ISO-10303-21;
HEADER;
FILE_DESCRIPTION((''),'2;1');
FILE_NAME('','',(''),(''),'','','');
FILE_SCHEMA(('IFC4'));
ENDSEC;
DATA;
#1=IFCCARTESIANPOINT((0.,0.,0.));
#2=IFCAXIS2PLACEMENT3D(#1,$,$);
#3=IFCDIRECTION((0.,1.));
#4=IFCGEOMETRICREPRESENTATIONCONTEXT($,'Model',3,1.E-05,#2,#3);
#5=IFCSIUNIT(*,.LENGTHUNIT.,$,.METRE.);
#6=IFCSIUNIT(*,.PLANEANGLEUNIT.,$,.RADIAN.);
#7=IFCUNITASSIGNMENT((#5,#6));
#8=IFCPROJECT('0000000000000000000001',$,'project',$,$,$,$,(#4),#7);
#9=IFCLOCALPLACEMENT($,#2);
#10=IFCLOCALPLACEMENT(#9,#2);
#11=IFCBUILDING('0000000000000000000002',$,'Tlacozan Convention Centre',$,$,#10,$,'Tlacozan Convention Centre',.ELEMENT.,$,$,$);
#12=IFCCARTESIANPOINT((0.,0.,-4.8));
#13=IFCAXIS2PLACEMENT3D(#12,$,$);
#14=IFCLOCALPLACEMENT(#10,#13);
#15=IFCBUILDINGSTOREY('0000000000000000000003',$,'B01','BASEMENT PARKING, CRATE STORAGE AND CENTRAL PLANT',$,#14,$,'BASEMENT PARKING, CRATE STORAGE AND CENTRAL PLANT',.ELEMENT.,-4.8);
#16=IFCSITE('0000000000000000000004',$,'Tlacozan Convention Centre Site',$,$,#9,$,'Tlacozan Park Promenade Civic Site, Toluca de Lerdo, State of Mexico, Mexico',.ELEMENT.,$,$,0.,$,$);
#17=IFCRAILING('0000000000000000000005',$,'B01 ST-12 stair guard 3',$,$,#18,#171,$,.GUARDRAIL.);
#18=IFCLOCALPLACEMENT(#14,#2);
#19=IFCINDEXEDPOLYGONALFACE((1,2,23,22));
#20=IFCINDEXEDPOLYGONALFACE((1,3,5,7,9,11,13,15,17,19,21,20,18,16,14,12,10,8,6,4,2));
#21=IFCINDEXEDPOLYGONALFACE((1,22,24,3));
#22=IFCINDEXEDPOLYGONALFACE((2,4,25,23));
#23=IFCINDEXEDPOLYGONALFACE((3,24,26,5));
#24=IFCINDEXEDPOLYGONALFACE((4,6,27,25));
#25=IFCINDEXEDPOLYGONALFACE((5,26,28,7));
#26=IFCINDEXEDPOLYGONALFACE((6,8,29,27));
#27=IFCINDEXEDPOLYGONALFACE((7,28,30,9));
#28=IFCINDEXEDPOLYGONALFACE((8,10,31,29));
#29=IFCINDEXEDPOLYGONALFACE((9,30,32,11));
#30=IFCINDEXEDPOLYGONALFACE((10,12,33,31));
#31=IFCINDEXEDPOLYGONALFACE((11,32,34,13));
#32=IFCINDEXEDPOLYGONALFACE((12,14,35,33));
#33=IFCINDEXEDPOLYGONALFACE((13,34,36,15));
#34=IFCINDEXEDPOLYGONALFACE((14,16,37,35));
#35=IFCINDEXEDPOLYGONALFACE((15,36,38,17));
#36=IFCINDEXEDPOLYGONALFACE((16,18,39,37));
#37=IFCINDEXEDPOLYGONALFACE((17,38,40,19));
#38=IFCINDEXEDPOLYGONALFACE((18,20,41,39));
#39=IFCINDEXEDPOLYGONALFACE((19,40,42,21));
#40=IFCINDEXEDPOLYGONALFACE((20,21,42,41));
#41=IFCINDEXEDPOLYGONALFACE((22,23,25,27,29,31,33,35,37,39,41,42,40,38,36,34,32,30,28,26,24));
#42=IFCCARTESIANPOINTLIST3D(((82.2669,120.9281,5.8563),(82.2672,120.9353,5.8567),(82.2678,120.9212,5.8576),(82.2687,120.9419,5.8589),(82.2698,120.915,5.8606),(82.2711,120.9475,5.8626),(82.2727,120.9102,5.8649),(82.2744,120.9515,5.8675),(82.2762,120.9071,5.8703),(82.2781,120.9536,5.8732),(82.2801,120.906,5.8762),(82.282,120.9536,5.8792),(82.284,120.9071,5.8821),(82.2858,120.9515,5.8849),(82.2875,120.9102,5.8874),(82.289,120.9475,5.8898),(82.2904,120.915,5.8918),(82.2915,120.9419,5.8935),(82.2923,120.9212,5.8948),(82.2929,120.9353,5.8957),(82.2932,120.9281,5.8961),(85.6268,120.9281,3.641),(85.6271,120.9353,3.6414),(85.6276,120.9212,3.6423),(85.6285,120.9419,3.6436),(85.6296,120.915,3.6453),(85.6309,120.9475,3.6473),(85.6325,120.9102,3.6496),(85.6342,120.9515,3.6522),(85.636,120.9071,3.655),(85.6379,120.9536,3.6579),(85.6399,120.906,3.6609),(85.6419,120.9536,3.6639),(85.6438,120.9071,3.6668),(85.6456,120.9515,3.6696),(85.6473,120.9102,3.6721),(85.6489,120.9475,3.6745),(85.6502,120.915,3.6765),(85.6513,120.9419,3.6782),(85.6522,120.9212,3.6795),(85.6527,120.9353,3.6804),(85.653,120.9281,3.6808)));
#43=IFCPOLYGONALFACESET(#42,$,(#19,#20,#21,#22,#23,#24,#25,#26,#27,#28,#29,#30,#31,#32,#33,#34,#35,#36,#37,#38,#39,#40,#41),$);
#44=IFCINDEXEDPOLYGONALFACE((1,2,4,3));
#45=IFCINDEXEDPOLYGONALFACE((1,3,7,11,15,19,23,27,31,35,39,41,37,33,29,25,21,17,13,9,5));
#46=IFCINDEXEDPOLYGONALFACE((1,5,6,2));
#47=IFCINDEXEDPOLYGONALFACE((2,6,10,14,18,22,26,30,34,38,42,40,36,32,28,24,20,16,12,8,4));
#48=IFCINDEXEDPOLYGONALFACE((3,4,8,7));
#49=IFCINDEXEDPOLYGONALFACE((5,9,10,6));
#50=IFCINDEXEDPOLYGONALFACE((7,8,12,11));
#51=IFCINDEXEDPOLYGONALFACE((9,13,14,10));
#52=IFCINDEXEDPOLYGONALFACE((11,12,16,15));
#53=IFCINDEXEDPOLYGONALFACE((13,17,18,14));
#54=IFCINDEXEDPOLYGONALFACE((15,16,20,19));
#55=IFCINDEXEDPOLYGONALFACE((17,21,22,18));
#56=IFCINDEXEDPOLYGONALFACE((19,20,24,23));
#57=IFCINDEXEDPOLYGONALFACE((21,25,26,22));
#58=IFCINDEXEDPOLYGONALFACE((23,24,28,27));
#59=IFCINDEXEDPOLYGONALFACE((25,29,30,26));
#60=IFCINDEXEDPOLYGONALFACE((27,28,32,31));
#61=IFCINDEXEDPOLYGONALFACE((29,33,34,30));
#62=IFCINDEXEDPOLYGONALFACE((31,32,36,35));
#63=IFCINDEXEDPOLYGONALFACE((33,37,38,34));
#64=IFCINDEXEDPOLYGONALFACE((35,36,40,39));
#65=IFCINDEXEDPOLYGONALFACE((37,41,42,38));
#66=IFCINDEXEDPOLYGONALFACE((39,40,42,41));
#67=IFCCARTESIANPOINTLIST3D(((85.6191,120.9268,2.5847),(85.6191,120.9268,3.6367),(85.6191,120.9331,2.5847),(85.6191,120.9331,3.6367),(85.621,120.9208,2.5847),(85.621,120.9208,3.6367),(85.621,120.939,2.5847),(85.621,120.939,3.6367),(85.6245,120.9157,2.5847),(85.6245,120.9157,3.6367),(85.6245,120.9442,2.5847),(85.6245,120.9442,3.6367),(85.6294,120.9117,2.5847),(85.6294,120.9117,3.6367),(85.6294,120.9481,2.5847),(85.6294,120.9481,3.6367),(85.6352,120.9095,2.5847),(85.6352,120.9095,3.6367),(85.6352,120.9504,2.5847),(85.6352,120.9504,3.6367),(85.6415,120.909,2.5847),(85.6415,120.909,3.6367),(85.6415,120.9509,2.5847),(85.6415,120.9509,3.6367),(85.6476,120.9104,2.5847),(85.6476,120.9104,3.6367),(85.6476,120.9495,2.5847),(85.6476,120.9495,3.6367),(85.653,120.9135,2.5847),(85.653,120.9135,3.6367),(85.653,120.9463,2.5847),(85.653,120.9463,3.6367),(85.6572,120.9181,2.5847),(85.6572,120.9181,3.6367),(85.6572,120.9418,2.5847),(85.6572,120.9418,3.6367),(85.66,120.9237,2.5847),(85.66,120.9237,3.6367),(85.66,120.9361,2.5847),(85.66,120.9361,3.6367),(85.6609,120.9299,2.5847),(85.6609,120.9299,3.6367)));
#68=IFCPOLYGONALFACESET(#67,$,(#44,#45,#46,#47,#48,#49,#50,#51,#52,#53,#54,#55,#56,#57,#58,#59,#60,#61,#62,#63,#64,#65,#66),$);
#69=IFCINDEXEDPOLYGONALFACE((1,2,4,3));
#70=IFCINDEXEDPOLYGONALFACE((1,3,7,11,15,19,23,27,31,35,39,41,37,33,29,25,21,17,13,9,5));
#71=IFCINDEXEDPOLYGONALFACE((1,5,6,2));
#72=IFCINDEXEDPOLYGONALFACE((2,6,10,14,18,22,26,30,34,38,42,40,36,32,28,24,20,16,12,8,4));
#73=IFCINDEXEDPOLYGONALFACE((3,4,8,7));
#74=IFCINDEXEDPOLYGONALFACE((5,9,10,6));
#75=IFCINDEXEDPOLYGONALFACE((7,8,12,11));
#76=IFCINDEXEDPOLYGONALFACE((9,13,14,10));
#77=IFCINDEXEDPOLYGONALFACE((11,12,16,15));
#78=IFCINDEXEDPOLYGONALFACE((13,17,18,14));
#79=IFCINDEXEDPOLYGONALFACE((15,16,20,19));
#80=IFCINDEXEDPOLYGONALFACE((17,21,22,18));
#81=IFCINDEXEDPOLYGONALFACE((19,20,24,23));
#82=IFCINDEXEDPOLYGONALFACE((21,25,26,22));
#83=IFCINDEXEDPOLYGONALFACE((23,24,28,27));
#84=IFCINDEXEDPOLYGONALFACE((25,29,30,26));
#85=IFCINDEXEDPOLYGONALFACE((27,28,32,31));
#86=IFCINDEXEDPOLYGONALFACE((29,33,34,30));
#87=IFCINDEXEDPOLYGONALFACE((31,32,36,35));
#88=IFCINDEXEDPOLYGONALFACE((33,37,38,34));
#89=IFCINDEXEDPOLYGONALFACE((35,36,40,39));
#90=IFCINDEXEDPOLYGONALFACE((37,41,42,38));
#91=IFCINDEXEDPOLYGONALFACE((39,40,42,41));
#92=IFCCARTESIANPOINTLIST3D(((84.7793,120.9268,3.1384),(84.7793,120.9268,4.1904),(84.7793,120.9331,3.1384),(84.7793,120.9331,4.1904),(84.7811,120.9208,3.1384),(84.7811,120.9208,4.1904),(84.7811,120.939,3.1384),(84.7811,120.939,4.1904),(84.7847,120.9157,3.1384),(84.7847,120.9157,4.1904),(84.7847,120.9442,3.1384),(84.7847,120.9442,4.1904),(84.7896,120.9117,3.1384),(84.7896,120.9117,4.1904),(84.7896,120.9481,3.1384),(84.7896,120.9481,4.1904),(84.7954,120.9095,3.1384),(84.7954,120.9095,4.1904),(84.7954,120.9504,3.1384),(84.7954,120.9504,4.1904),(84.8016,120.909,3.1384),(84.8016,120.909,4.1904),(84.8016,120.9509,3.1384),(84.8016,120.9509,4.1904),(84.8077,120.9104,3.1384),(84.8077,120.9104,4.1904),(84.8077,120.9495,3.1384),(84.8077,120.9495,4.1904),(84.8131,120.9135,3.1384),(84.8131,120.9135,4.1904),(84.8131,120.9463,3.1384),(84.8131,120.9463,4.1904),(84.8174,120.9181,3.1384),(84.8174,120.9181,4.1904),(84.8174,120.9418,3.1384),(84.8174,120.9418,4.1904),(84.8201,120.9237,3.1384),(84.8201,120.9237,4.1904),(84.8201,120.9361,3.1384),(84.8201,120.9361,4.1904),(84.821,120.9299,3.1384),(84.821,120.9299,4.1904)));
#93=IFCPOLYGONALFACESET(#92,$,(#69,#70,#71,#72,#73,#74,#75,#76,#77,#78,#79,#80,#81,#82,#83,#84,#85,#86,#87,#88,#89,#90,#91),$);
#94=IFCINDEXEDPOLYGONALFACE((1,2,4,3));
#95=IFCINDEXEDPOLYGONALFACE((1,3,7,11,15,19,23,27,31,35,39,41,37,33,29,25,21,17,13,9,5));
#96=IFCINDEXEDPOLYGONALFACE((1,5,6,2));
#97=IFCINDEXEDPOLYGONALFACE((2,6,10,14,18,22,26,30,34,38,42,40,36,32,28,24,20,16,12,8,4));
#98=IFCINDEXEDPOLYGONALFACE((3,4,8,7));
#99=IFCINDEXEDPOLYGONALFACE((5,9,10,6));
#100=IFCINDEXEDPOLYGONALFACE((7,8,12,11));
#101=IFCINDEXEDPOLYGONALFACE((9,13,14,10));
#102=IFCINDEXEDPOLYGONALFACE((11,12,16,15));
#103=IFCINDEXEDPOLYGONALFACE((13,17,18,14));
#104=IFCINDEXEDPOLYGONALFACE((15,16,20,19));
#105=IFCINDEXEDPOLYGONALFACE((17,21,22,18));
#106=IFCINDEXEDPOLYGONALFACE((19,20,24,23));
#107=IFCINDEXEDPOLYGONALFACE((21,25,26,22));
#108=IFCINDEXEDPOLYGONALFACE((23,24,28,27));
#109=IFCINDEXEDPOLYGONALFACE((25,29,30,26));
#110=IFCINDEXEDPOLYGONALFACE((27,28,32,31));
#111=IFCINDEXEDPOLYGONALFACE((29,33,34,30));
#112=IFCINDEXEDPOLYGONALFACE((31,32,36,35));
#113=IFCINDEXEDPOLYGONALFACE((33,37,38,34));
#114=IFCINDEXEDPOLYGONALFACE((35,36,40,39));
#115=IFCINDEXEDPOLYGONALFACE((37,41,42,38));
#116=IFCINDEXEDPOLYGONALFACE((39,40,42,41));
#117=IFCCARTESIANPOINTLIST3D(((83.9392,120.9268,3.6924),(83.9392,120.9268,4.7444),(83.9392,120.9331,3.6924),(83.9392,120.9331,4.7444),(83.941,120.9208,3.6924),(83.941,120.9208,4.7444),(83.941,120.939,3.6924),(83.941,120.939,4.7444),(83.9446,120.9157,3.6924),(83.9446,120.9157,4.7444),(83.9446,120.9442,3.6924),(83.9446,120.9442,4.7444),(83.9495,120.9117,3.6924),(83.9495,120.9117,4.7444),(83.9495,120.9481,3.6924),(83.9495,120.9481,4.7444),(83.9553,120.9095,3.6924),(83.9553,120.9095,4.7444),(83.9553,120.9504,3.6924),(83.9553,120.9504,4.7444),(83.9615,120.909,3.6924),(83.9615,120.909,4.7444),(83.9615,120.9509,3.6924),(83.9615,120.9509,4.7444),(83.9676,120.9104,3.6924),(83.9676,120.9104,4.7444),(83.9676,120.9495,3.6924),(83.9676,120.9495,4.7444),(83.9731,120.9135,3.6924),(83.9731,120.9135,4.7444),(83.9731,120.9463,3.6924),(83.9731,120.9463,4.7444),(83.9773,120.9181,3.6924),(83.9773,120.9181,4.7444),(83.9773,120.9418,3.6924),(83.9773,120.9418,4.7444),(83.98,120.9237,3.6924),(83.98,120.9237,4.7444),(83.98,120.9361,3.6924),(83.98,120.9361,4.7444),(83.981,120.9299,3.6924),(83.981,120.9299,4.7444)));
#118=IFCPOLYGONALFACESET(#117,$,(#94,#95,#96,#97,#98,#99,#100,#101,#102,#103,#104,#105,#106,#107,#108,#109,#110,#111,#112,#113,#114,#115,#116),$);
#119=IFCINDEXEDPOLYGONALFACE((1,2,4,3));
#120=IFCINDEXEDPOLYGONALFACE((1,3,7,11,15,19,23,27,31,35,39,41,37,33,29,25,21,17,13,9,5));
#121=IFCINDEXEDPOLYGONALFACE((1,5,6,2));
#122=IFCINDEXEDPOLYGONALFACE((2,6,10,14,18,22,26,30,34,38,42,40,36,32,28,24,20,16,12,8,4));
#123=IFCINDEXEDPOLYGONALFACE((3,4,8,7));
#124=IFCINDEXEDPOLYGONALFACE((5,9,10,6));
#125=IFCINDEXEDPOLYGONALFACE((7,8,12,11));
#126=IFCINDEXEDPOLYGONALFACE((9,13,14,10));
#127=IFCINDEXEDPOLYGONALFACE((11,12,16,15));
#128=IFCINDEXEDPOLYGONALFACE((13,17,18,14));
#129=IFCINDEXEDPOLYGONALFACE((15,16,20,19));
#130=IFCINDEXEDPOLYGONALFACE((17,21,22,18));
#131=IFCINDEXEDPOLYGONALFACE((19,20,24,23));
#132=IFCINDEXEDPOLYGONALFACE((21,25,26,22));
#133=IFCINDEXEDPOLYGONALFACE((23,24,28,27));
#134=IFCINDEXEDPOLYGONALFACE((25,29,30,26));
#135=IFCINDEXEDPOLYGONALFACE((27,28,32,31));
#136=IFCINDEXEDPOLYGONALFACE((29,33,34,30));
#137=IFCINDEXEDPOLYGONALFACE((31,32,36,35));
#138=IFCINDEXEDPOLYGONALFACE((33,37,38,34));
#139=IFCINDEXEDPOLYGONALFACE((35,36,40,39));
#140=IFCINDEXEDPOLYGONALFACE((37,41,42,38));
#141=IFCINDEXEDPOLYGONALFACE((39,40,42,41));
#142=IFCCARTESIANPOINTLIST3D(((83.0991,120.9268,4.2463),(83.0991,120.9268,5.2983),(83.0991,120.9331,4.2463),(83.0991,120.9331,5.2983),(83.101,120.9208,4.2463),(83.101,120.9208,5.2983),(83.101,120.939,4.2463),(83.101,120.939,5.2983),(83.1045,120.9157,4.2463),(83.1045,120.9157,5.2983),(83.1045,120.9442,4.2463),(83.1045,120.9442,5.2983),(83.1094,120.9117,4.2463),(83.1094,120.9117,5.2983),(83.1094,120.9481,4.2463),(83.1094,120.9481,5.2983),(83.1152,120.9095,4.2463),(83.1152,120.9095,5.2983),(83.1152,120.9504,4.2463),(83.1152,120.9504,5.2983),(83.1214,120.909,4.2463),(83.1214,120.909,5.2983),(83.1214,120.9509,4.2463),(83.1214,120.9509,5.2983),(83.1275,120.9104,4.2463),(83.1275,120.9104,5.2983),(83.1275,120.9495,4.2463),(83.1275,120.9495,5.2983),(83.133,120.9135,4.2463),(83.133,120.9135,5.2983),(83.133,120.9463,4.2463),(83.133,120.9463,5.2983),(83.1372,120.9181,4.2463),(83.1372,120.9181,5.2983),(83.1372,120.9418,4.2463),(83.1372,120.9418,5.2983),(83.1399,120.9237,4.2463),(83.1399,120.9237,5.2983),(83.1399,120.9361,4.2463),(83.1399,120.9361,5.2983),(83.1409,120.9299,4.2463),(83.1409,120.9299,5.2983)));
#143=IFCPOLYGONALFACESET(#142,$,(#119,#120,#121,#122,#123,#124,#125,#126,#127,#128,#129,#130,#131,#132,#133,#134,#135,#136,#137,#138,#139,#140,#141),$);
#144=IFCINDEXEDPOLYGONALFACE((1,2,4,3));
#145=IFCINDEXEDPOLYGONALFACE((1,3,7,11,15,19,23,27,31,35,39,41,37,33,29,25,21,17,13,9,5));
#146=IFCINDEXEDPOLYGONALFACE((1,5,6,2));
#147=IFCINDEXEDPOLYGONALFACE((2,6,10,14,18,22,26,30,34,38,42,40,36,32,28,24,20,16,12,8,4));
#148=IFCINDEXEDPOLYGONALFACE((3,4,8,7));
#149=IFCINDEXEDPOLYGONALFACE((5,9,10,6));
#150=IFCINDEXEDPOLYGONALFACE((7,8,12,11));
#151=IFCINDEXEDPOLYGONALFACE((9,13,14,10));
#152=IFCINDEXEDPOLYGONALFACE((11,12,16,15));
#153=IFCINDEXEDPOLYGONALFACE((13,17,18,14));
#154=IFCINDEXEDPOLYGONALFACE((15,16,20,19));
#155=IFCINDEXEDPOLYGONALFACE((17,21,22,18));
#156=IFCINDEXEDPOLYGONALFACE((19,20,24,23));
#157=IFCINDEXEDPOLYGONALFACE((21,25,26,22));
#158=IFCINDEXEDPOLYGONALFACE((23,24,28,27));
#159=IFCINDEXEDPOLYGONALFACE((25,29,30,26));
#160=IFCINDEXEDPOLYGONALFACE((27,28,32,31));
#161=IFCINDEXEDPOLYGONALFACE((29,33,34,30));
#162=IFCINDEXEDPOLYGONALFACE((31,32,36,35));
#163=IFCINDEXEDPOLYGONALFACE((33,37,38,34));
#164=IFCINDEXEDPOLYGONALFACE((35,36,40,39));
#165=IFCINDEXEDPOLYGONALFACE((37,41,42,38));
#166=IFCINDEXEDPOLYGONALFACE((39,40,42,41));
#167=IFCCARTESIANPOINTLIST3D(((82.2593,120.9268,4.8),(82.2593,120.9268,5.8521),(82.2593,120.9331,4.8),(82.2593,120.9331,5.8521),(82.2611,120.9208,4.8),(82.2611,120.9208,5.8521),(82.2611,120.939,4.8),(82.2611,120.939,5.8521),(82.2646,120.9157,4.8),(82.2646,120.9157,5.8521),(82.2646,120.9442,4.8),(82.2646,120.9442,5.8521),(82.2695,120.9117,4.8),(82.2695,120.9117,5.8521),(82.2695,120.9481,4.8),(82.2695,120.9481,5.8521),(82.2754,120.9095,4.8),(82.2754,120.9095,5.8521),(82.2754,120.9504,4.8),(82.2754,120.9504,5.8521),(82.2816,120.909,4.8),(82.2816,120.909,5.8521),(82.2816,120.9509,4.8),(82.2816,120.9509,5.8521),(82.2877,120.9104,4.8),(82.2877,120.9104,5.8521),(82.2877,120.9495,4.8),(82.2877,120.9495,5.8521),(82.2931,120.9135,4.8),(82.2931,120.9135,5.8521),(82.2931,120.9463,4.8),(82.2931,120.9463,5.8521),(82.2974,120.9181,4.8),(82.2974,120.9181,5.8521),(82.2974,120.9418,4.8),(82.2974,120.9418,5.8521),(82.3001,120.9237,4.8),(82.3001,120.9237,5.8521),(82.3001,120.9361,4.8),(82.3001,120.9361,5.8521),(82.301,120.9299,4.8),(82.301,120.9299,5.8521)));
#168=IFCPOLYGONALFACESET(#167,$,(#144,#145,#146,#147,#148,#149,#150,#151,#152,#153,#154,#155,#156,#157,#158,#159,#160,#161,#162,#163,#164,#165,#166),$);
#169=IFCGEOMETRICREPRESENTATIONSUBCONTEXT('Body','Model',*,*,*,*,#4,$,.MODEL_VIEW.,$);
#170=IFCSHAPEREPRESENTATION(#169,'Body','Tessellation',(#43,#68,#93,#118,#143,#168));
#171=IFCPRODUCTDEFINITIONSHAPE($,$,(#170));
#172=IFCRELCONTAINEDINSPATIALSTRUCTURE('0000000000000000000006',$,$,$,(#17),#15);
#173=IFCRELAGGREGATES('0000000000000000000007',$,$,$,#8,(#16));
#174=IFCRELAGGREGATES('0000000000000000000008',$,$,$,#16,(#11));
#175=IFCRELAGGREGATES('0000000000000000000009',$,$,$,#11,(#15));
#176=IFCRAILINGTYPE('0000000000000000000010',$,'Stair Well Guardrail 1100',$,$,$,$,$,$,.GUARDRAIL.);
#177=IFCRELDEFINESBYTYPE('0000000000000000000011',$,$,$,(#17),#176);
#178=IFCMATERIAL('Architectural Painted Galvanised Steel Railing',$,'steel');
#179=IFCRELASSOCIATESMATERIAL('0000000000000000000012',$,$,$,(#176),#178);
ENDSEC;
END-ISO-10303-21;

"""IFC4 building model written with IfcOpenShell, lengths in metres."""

from ifc_helpers import new_model, si_unit, direction, frame, origin, origin_2d, place, context, subcontext, project, spatial, circle, extrude, material, type_object, element, save


model = new_model("IFC4")

# Units and contexts
model_context = context("Model", 3, precision=1e-05, world=origin(), true_north=direction((0.0, 1.0)))
body_context = subcontext(model_context, "Body", "Model", "MODEL_VIEW")
ifc_project = project(units=[si_unit("LENGTHUNIT", "METRE"), si_unit("PLANEANGLEUNIT", "RADIAN")], contexts=[model_context])

# Site, building, storey
site_placement = place(None, origin())
site = spatial("IfcSite", under=ifc_project, at=site_placement, Name="Tlacozan Convention Centre Site", LongName="Tlacozan Park Promenade Civic Site, Toluca de Lerdo, State of Mexico, Mexico", CompositionType="ELEMENT", RefElevation=0.0)
building_placement = place(site_placement, origin())
building = spatial("IfcBuilding", under=site, at=building_placement, Name="Tlacozan Convention Centre", LongName="Tlacozan Convention Centre", CompositionType="ELEMENT")
storey_placement = place(building_placement, frame((0.0, 0.0, -4.8)))
storey = spatial("IfcBuildingStorey", under=building, at=storey_placement, Name="B01", Description="BASEMENT PARKING, CRATE STORAGE AND CENTRAL PLANT", LongName="BASEMENT PARKING, CRATE STORAGE AND CENTRAL PLANT", CompositionType="ELEMENT", Elevation=-4.8)

# Railing
ifc_material_1 = material(Name="Architectural Painted Galvanised Steel Railing", Category="steel")
railing_type_1 = type_object("IfcRailingType", Name="Stair Well Guardrail 1100", PredefinedType="GUARDRAIL", material=ifc_material_1)
railing_1_placement = place(storey_placement, frame((85.6399, 120.9299, 2.5847)))
element("IfcRailing", 1, at=railing_1_placement, inside=storey, type_object=railing_type_1, Name="B01 ST-12 stair guard 3", PredefinedType="GUARDRAIL", context=body_context, shape_type="SweptSolid", body=[
    extrude(circle(Radius=0.0239, at=origin_2d()), frame((0.0, 0.0, 1.0762), z_axis=(-0.834858, 0.0, 0.550465), x_axis=(0.0, -1.0, 0.0)), (0.0, 0.0, 1.0), 4.0244),
    extrude(circle(Radius=0.021, at=origin_2d()), origin(), (0.0, 0.0, 1.0), 1.052),
    extrude(circle(Radius=0.021, at=origin_2d()), frame((-0.8398, 0.0, 0.5537)), (0.0, 0.0, 1.0), 1.052),
    extrude(circle(Radius=0.021, at=origin_2d()), frame((-1.6799, 0.0, 1.1077)), (0.0, 0.0, 1.0), 1.052),
    extrude(circle(Radius=0.021, at=origin_2d()), frame((-2.52, 0.0, 1.6616)), (0.0, 0.0, 1.0), 1.052),
    extrude(circle(Radius=0.021, at=origin_2d()), frame((-3.3599, 0.0, 2.2153)), (0.0, 0.0, 1.0), 1.052),
])

save(model, "model.ifc")
